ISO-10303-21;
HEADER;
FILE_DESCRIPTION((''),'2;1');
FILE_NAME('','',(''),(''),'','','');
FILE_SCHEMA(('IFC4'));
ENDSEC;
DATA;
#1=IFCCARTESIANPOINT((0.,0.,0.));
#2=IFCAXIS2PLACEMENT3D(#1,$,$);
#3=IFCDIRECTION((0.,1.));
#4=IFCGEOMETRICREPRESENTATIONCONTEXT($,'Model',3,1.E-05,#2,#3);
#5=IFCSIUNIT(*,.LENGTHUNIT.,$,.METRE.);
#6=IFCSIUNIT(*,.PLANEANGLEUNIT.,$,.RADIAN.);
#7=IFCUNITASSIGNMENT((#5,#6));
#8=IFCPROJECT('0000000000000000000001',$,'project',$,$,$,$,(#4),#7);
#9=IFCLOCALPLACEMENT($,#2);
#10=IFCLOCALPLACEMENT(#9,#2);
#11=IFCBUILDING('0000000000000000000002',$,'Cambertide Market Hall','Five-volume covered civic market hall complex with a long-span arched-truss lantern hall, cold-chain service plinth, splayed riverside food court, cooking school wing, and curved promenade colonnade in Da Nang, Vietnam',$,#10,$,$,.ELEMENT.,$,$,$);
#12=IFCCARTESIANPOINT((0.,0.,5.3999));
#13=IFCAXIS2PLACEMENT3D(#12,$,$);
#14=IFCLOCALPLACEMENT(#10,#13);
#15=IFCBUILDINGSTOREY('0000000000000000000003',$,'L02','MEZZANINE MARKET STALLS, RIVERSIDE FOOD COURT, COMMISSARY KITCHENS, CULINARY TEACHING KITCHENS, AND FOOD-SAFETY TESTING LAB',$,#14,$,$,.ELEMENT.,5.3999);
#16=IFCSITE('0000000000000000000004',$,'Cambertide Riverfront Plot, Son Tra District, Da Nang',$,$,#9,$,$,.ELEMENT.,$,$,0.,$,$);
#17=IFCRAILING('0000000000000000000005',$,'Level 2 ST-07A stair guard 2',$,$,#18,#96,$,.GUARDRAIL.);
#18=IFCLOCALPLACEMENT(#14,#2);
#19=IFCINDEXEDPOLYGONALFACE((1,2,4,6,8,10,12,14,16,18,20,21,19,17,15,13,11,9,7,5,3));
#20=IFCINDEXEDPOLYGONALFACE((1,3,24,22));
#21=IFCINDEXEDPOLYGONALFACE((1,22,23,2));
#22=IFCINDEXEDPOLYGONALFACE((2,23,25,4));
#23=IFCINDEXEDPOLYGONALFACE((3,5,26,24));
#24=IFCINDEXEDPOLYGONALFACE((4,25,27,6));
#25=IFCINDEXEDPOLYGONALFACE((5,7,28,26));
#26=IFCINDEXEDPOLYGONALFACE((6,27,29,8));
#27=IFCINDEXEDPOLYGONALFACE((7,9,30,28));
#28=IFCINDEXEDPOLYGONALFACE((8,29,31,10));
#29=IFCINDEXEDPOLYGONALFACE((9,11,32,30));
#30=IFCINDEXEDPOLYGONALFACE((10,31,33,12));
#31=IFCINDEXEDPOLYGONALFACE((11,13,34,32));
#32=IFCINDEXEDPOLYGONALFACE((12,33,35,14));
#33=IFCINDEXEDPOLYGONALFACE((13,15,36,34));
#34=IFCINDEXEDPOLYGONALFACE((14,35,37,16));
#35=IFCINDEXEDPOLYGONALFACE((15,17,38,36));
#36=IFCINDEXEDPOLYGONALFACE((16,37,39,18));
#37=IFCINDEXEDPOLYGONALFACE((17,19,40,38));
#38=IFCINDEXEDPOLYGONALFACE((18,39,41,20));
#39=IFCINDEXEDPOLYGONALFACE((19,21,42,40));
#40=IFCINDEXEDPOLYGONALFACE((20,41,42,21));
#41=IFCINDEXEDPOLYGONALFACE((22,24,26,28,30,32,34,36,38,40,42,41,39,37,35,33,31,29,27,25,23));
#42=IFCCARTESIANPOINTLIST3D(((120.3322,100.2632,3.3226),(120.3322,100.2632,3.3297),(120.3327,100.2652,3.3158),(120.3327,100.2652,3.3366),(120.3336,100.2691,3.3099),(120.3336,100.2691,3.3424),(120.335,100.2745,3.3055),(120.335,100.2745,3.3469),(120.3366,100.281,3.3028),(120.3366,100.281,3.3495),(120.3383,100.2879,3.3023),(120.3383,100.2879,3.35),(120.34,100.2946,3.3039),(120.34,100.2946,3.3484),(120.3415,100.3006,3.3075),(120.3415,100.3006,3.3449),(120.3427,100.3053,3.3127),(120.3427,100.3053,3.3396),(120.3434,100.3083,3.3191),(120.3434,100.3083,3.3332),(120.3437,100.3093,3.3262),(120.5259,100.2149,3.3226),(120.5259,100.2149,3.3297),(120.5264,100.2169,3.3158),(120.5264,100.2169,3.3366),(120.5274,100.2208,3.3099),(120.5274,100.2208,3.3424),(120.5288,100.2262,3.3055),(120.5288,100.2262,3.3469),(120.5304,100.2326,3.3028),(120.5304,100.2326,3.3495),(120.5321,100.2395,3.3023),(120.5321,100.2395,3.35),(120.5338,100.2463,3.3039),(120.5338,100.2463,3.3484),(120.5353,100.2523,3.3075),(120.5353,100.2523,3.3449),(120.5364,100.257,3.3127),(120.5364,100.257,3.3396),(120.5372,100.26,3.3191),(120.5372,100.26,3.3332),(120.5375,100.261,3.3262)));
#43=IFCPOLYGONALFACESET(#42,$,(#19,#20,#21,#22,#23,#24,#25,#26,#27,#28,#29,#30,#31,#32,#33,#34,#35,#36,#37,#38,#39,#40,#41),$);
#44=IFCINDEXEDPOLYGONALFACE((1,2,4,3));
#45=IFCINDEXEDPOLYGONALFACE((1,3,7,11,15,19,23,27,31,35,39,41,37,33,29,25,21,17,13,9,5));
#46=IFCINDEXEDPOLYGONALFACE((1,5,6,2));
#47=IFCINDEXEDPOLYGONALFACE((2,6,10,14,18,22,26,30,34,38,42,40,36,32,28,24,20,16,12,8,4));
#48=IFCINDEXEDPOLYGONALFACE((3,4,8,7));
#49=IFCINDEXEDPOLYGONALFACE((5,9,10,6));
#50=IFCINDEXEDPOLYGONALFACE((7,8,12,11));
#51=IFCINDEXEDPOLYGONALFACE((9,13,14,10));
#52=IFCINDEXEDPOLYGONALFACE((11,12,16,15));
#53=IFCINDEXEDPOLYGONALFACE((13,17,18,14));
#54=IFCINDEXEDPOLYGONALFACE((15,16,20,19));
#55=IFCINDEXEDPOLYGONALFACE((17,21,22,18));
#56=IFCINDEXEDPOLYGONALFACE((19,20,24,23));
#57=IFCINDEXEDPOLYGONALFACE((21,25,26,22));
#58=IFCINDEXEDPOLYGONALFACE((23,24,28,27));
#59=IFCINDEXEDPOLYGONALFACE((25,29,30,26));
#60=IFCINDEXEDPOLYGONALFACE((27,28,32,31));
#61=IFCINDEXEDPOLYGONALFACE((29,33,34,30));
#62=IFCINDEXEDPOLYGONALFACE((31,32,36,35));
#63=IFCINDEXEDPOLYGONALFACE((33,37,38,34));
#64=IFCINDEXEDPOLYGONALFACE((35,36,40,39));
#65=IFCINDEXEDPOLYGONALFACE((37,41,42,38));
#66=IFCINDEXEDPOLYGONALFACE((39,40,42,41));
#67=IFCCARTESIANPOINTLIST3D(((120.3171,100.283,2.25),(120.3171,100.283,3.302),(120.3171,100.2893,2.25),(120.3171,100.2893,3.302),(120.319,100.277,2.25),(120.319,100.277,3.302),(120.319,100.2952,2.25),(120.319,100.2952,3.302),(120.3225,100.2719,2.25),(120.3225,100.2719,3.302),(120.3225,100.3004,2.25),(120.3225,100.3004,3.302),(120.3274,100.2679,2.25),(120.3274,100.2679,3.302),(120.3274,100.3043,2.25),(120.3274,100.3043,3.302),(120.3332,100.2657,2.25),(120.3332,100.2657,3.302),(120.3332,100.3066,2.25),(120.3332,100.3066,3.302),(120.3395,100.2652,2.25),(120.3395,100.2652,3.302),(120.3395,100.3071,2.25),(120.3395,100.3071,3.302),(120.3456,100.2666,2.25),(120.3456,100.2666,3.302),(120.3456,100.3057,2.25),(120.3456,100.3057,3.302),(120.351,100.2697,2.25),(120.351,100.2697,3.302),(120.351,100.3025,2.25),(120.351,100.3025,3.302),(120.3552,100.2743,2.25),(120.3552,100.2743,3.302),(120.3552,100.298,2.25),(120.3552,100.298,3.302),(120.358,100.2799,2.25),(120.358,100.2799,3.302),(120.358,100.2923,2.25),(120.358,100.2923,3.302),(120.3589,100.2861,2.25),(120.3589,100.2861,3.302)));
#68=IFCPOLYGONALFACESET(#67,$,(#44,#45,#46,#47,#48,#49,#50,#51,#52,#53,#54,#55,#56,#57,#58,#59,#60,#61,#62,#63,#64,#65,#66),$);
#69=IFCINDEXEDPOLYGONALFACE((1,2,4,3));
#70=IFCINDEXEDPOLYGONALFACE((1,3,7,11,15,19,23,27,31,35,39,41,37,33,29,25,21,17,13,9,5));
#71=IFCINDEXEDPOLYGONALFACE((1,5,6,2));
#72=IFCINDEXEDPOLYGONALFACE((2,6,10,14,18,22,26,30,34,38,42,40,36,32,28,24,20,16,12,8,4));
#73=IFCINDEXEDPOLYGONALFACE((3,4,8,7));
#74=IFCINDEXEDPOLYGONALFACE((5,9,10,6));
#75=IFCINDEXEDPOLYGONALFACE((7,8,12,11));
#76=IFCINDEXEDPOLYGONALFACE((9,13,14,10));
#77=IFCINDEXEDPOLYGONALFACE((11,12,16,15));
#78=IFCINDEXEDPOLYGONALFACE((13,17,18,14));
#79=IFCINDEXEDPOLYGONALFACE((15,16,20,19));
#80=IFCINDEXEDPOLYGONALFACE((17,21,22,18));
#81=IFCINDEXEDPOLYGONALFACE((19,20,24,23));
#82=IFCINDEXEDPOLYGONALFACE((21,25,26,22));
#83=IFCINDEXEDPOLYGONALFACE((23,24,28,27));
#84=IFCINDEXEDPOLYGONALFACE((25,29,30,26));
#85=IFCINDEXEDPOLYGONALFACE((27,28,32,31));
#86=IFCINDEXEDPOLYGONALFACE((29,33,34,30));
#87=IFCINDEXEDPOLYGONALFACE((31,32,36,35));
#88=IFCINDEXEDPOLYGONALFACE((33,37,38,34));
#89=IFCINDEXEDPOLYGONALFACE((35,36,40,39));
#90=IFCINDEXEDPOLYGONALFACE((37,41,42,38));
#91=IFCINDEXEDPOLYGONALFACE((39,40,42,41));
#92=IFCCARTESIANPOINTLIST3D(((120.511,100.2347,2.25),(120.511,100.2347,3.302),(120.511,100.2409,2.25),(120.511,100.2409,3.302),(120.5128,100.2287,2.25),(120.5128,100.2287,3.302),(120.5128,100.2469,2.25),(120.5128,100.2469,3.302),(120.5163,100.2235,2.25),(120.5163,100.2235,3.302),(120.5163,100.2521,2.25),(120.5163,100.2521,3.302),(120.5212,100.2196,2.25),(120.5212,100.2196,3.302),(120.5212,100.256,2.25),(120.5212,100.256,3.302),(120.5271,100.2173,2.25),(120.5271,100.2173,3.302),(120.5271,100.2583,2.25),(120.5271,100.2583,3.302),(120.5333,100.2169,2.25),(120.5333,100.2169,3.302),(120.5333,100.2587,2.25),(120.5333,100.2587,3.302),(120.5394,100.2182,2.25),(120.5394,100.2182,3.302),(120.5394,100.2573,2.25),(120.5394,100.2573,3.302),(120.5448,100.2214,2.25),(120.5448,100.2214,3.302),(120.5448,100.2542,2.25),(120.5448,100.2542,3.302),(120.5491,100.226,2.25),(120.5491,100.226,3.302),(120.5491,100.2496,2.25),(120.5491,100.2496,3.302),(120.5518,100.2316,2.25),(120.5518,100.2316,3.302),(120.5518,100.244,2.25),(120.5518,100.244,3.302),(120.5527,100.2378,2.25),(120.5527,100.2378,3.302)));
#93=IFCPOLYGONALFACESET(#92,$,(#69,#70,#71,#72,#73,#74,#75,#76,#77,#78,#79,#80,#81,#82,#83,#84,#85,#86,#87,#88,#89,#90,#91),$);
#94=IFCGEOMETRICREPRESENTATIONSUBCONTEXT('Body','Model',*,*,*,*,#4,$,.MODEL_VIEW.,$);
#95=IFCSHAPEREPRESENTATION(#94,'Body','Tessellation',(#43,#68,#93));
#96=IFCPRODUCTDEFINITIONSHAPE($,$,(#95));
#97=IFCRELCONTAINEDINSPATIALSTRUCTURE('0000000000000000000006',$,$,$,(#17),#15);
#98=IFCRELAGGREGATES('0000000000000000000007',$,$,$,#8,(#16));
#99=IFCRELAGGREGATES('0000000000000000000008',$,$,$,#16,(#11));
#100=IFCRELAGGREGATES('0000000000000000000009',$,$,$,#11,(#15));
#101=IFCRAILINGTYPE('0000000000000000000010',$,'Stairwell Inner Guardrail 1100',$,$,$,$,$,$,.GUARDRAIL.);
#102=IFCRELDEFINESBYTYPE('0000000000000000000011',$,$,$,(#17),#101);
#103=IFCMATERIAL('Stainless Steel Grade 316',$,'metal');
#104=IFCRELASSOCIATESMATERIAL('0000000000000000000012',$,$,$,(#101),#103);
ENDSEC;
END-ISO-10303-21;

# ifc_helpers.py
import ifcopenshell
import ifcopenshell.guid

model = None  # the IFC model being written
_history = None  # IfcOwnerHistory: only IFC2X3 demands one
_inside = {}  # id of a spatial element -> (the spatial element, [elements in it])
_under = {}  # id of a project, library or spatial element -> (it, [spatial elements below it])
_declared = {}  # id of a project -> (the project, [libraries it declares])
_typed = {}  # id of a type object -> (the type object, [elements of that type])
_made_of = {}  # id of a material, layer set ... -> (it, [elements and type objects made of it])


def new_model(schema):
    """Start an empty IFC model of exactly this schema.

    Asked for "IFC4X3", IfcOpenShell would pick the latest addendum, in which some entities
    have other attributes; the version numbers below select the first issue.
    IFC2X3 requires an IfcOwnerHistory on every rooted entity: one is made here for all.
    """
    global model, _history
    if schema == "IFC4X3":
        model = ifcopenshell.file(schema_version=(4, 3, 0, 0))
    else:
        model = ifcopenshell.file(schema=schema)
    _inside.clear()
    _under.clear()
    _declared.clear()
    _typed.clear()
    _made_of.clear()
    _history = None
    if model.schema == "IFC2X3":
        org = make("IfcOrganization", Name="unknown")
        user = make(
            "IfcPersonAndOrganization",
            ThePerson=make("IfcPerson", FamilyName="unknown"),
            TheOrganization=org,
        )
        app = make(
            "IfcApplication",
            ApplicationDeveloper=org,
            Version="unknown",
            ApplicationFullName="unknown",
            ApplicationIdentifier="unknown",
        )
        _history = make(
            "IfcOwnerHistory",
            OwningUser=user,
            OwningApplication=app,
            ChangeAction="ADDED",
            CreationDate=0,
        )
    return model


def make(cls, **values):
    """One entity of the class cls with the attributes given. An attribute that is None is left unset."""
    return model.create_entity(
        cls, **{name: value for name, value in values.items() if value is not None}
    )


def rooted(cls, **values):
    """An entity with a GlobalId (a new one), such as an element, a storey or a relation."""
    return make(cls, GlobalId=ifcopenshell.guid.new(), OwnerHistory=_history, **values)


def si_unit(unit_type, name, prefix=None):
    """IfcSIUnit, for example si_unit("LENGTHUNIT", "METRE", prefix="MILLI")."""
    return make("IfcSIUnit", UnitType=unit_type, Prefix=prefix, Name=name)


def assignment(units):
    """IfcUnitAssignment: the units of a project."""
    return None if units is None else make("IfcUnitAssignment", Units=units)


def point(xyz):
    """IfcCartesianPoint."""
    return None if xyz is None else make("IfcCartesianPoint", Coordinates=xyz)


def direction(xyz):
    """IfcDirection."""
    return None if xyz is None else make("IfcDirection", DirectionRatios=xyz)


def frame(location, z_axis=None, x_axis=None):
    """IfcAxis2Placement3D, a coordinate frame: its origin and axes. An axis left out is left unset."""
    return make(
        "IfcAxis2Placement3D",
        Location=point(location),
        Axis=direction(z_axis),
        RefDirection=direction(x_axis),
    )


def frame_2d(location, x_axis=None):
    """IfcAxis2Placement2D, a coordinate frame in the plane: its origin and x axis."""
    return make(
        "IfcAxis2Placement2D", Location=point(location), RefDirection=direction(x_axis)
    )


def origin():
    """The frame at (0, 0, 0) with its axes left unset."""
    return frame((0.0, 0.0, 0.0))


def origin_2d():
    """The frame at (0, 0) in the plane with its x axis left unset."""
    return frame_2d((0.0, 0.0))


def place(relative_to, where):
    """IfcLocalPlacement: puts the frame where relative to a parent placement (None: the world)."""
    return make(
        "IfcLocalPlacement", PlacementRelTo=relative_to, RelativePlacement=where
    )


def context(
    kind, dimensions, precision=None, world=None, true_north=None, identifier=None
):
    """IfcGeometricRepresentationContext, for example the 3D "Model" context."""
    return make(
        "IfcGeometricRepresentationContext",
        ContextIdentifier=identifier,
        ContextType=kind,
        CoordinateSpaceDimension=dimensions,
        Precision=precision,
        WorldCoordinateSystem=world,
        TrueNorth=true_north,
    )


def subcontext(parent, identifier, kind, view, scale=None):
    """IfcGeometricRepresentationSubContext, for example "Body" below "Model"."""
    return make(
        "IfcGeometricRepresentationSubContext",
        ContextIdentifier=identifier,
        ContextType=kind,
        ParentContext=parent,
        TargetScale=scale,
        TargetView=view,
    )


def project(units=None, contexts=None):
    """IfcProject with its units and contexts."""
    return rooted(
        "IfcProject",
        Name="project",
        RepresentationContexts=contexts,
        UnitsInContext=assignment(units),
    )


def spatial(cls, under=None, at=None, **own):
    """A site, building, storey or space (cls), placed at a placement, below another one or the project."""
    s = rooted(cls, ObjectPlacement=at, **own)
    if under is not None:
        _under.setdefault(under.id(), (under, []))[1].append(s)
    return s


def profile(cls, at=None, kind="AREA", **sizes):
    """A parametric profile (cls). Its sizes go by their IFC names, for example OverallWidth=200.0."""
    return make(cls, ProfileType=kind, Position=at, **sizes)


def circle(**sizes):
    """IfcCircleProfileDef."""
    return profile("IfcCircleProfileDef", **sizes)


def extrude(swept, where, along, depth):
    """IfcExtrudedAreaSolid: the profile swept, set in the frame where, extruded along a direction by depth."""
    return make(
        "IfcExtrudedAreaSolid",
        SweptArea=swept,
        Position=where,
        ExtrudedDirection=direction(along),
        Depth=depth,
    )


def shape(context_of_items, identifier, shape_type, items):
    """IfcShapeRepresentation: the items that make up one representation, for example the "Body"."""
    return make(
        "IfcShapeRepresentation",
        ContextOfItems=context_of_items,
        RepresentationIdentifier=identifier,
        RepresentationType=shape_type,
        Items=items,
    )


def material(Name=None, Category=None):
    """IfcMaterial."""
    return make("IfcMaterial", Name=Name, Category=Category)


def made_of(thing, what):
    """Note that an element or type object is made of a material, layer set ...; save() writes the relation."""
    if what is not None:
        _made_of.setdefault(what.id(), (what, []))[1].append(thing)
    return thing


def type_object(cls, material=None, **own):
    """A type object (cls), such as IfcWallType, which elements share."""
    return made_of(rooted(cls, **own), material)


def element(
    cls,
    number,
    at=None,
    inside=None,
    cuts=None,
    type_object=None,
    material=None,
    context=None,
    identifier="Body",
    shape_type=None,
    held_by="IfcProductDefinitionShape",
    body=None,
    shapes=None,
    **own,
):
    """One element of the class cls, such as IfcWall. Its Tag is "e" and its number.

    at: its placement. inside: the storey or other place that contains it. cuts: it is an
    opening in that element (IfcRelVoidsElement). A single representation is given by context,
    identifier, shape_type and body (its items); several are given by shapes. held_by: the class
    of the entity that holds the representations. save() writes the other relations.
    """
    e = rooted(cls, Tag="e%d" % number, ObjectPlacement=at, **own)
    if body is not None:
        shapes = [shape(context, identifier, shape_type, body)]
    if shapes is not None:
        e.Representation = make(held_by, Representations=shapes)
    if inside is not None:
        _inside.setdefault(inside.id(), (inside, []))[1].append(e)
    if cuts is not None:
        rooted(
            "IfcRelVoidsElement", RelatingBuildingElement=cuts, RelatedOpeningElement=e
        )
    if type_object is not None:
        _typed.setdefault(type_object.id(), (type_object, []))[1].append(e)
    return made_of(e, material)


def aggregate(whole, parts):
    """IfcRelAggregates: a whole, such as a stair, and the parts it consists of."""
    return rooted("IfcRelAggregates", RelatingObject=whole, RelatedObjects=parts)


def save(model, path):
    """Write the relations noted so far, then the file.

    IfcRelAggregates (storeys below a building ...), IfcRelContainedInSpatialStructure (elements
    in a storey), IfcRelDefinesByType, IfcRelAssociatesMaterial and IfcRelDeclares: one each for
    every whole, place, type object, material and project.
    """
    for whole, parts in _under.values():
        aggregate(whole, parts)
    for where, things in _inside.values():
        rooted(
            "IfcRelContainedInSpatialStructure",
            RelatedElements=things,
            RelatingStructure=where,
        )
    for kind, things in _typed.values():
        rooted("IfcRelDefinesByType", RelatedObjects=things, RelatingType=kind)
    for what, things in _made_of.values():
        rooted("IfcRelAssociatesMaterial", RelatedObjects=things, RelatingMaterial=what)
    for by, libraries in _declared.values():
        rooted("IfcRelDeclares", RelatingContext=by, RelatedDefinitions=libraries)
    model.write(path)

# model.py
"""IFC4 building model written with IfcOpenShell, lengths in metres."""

from ifc_helpers import new_model, si_unit, direction, frame, origin, origin_2d, place, context, subcontext, project, spatial, circle, extrude, material, type_object, element, save


model = new_model("IFC4")

# Units and contexts
model_context = context("Model", 3, precision=1e-05, world=origin(), true_north=direction((0.0, 1.0)))
body_context = subcontext(model_context, "Body", "Model", "MODEL_VIEW")
ifc_project = project(units=[si_unit("LENGTHUNIT", "METRE"), si_unit("PLANEANGLEUNIT", "RADIAN")], contexts=[model_context])

# Site, building, storey
site_placement = place(None, origin())
site = spatial("IfcSite", under=ifc_project, at=site_placement, Name="Cambertide Riverfront Plot, Son Tra District, Da Nang", CompositionType="ELEMENT", RefElevation=0.0)
building_placement = place(site_placement, origin())
building = spatial("IfcBuilding", under=site, at=building_placement, Name="Cambertide Market Hall", Description="Five-volume covered civic market hall complex with a long-span arched-truss lantern hall, cold-chain service plinth, splayed riverside food court, cooking school wing, and curved promenade colonnade in Da Nang, Vietnam", CompositionType="ELEMENT")
storey_placement = place(building_placement, frame((0.0, 0.0, 5.3999)))
storey = spatial("IfcBuildingStorey", under=building, at=storey_placement, Name="L02", Description="MEZZANINE MARKET STALLS, RIVERSIDE FOOD COURT, COMMISSARY KITCHENS, CULINARY TEACHING KITCHENS, AND FOOD-SAFETY TESTING LAB", CompositionType="ELEMENT", Elevation=5.3999)

# Railing
ifc_material_1 = material(Name="Stainless Steel Grade 316", Category="metal")
railing_type_1 = type_object("IfcRailingType", Name="Stairwell Inner Guardrail 1100", PredefinedType="GUARDRAIL", material=ifc_material_1)
railing_1_placement = place(storey_placement, frame((120.3379, 100.2861, 2.25)))
element("IfcRailing", 1, at=railing_1_placement, inside=storey, type_object=railing_type_1, Name="Level 2 ST-07A stair guard 2", PredefinedType="GUARDRAIL", context=body_context, shape_type="SweptSolid", body=[
    extrude(circle(Radius=0.0239, at=origin_2d()), frame((0.0, 0.0, 1.0762), z_axis=(0.970286, -0.241961, 0.0), x_axis=(0.241961, 0.970286, 0.0)), (0.0, 0.0, 1.0), 0.1997),
    extrude(circle(Radius=0.021, at=origin_2d()), origin(), (0.0, 0.0, 1.0), 1.052),
    extrude(circle(Radius=0.021, at=origin_2d()), frame((0.1938, -0.0483, 0.0)), (0.0, 0.0, 1.0), 1.052),
])

save(model, "model.ifc")
